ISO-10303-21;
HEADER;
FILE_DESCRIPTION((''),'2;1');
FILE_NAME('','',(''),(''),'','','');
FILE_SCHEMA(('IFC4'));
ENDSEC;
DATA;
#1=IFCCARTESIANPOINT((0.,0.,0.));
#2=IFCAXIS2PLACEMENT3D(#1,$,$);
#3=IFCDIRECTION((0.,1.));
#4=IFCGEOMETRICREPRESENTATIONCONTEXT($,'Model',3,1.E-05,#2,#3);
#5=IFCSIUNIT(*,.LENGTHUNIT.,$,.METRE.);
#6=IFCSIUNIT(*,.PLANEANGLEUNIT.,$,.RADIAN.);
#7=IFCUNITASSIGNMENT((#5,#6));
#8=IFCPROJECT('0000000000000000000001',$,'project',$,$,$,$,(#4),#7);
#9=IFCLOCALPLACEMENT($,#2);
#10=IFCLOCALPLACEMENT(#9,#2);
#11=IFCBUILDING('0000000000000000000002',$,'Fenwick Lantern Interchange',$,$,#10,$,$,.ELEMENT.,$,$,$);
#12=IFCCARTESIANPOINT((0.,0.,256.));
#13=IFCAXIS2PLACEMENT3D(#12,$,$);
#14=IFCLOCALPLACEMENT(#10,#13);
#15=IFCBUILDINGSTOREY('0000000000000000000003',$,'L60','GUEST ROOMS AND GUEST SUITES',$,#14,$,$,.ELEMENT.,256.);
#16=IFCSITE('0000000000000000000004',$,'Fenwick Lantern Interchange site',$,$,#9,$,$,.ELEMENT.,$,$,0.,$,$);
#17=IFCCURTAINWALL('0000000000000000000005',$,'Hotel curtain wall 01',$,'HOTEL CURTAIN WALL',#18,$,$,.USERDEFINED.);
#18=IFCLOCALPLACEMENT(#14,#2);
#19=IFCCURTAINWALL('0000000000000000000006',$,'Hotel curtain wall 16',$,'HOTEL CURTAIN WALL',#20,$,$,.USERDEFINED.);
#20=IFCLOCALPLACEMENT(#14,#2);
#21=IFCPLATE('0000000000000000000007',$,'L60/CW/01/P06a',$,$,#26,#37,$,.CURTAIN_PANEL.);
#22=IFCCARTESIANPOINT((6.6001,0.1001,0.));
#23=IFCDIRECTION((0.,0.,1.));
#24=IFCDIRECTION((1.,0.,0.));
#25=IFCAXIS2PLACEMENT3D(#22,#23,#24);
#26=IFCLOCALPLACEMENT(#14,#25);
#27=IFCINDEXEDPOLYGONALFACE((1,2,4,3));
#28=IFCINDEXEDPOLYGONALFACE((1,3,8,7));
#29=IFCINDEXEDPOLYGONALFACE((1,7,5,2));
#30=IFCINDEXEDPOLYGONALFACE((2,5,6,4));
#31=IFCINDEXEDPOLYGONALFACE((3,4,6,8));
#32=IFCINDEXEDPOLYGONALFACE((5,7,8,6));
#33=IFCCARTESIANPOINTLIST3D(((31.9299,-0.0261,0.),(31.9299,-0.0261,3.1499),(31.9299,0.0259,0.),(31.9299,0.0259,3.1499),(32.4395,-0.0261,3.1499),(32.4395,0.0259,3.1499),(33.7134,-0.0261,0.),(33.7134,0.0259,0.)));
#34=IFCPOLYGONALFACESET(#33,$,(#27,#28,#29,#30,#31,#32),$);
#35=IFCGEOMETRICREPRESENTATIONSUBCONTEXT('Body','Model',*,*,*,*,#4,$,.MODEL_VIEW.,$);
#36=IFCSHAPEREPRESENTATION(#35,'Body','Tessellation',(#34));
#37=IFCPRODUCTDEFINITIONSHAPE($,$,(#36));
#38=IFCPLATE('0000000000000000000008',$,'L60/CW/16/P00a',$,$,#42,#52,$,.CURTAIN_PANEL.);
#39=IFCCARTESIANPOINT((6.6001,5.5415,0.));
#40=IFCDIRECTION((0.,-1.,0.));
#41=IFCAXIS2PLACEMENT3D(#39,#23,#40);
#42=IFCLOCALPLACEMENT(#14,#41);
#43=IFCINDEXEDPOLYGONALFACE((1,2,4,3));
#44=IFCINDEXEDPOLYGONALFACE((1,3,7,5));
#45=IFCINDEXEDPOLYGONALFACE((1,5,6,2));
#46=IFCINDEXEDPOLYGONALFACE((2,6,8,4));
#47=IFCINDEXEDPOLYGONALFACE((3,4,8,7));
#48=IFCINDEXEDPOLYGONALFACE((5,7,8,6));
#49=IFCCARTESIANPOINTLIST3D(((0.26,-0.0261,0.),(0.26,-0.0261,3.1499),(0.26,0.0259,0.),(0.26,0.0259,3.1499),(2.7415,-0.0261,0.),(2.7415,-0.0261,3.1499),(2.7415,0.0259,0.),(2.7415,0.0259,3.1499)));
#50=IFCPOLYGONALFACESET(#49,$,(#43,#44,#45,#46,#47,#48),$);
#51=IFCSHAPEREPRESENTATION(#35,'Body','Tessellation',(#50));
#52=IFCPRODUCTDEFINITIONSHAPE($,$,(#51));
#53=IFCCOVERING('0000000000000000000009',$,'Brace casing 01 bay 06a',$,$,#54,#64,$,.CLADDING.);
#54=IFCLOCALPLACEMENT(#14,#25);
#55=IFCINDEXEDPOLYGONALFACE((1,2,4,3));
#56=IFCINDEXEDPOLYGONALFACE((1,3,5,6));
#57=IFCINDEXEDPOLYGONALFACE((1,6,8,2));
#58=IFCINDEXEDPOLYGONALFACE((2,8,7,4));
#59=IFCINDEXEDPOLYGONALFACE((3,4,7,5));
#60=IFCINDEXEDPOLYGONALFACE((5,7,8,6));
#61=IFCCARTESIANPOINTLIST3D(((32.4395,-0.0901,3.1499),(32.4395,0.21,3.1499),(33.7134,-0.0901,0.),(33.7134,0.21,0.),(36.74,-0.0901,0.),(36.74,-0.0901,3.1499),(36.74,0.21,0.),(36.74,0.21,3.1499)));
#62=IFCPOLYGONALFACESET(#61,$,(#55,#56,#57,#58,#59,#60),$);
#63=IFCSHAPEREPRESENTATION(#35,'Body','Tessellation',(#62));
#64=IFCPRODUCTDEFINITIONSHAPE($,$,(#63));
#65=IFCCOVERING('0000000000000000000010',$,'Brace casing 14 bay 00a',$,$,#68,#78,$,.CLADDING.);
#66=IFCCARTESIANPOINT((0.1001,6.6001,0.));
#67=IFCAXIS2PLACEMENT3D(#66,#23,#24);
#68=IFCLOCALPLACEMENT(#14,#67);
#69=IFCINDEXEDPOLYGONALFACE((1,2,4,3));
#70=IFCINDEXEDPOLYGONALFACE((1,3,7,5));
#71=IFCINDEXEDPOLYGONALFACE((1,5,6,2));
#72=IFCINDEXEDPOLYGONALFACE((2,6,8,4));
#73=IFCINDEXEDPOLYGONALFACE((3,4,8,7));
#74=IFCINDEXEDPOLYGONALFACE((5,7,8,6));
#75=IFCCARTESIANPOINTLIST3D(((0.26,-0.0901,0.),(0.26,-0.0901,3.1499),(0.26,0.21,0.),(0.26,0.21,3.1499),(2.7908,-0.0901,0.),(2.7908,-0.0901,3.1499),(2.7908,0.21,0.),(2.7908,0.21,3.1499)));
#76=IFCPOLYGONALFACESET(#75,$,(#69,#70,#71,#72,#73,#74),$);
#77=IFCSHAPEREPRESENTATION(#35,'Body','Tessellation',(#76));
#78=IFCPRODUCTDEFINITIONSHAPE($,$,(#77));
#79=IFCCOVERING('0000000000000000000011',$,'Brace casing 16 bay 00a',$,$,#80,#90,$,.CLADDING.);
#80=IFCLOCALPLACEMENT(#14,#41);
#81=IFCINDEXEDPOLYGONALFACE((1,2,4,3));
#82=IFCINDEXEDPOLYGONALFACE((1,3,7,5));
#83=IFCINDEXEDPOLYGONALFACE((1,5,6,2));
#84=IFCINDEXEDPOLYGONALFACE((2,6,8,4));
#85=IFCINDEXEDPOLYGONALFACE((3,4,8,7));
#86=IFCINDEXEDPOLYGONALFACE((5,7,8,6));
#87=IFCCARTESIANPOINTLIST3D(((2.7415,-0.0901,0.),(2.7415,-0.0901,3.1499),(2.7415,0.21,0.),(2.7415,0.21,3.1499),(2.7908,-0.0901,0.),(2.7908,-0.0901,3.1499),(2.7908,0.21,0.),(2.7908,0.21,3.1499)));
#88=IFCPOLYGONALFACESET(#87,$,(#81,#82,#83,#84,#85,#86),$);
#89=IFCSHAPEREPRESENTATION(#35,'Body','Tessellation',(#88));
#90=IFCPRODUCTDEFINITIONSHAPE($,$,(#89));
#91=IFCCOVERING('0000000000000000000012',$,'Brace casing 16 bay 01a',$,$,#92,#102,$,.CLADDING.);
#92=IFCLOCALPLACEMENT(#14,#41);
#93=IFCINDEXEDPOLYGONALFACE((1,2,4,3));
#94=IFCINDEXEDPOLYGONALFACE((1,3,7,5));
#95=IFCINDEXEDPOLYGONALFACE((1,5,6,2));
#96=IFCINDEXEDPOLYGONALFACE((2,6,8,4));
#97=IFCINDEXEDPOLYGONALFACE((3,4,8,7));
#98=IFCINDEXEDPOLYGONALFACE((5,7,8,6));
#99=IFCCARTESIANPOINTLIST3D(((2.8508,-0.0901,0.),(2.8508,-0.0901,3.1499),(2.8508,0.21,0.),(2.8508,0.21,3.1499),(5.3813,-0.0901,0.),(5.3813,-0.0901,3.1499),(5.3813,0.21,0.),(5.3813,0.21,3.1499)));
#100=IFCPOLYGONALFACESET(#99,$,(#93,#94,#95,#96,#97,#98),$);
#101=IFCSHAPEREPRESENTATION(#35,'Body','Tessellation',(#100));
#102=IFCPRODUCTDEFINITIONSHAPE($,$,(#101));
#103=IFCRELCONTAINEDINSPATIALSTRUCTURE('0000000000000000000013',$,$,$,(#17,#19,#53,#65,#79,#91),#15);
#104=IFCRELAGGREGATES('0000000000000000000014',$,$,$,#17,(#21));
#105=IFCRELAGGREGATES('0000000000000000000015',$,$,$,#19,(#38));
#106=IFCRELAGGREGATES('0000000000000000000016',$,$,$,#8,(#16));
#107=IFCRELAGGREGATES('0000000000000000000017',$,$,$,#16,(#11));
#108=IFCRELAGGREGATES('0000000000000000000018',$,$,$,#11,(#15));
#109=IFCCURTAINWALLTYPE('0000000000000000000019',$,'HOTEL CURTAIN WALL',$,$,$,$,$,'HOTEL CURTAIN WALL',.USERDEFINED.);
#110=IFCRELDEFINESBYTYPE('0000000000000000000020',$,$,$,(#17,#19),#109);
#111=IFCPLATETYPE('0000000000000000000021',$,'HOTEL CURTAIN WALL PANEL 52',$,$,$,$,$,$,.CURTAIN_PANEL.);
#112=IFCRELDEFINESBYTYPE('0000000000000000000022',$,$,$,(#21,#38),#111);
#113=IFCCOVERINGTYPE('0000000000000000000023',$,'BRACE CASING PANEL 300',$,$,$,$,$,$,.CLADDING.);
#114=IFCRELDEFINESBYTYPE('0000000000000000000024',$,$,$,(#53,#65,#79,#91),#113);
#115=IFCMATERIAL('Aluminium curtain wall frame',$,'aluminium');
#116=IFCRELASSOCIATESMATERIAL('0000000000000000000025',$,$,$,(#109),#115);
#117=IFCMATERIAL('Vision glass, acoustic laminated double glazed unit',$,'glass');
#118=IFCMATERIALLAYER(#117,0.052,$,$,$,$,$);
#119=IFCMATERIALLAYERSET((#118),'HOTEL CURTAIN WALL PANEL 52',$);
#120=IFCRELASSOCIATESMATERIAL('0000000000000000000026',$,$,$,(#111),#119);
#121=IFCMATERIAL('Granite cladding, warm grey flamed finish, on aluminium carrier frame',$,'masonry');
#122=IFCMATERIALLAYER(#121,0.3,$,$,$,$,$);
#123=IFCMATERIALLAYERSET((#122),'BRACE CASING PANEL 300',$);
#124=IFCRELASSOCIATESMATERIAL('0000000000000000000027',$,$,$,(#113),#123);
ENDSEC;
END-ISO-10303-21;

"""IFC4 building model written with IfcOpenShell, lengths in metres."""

from ifc_helpers import new_model, si_unit, direction, frame, origin, place, context, subcontext, project, spatial, polyline, outline, extrude, material, layer, layer_set, type_object, element, aggregate, save


model = new_model("IFC4")

# Units and contexts
model_context = context("Model", 3, precision=1e-05, world=origin(), true_north=direction((0.0, 1.0)))
body_context = subcontext(model_context, "Body", "Model", "MODEL_VIEW")
ifc_project = project(units=[si_unit("LENGTHUNIT", "METRE"), si_unit("PLANEANGLEUNIT", "RADIAN")], contexts=[model_context])

# Site, building, storey
site_placement = place(None, origin())
site = spatial("IfcSite", under=ifc_project, at=site_placement, Name="Fenwick Lantern Interchange site", CompositionType="ELEMENT", RefElevation=0.0)
building_placement = place(site_placement, origin())
building = spatial("IfcBuilding", under=site, at=building_placement, Name="Fenwick Lantern Interchange", CompositionType="ELEMENT")
storey_placement = place(building_placement, frame((0.0, 0.0, 256.0)))
storey = spatial("IfcBuildingStorey", under=building, at=storey_placement, Name="L60", Description="GUEST ROOMS AND GUEST SUITES", CompositionType="ELEMENT", Elevation=256.0)

# Curtain wall
ifc_material_1 = material(Name="Aluminium curtain wall frame", Category="aluminium")
curtain_wall_type = type_object("IfcCurtainWallType", Name="HOTEL CURTAIN WALL", ElementType="HOTEL CURTAIN WALL", PredefinedType="USERDEFINED", material=ifc_material_1)
curtain_wall_1_placement = place(storey_placement, origin())
curtain_wall_1 = element("IfcCurtainWall", 1, at=curtain_wall_1_placement, inside=storey, type_object=curtain_wall_type, Name="Hotel curtain wall 01", ObjectType="HOTEL CURTAIN WALL", PredefinedType="USERDEFINED")

# Curtain wall
curtain_wall_2_placement = place(storey_placement, origin())
curtain_wall_2 = element("IfcCurtainWall", 2, at=curtain_wall_2_placement, inside=storey, type_object=curtain_wall_type, Name="Hotel curtain wall 16", ObjectType="HOTEL CURTAIN WALL", PredefinedType="USERDEFINED")

# Plates
ifc_material_2 = material(Name="Vision glass, acoustic laminated double glazed unit", Category="glass")
ifc_layer_1 = layer(ifc_material_2, 0.052)
ifc_layer_set_1 = layer_set([ifc_layer_1], Name="HOTEL CURTAIN WALL PANEL 52")
plate_type = type_object("IfcPlateType", Name="HOTEL CURTAIN WALL PANEL 52", PredefinedType="CURTAIN_PANEL", material=ifc_layer_set_1)
plate_1_placement = place(storey_placement, frame((6.6001, 0.1001, 0.0), z_axis=(0.0, 0.0, 1.0), x_axis=(1.0, 0.0, 0.0)))
plate_1 = element("IfcPlate", 3, at=plate_1_placement, type_object=plate_type, Name="L60/CW/01/P06a", PredefinedType="CURTAIN_PANEL", context=body_context, shape_type="SweptSolid", body=[
    extrude(outline(polyline([(31.9299, 0.0), (33.7134, 0.0), (32.4395, 3.1499), (31.9299, 3.1499), (31.9299, 0.0)])), frame((0.0, 0.0259, 0.0), z_axis=(0.0, -1.0, 0.0), x_axis=(1.0, 0.0, 0.0)), (0.0, 0.0, 1.0), 0.052),
])
aggregate(curtain_wall_1, [plate_1])
plate_2_placement = place(storey_placement, frame((6.6001, 5.5415, 0.0), z_axis=(0.0, 0.0, 1.0), x_axis=(0.0, -1.0, 0.0)))
plate_2 = element("IfcPlate", 4, at=plate_2_placement, type_object=plate_type, Name="L60/CW/16/P00a", PredefinedType="CURTAIN_PANEL", context=body_context, shape_type="SweptSolid", body=[
    extrude(outline(polyline([(0.26, 0.0), (2.7415, 0.0), (2.7415, 3.1499), (0.26, 3.1499), (0.26, 0.0)])), frame((0.0, 0.0259, 0.0), z_axis=(0.0, -1.0, 0.0), x_axis=(1.0, 0.0, 0.0)), (0.0, 0.0, 1.0), 0.052),
])
aggregate(curtain_wall_2, [plate_2])

# Coverings
ifc_material_3 = material(Name="Granite cladding, warm grey flamed finish, on aluminium carrier frame", Category="masonry")
ifc_layer_2 = layer(ifc_material_3, 0.3)
ifc_layer_set_2 = layer_set([ifc_layer_2], Name="BRACE CASING PANEL 300")
covering_type = type_object("IfcCoveringType", Name="BRACE CASING PANEL 300", PredefinedType="CLADDING", material=ifc_layer_set_2)
covering_1_placement = place(storey_placement, frame((6.6001, 0.1001, 0.0), z_axis=(0.0, 0.0, 1.0), x_axis=(1.0, 0.0, 0.0)))
element("IfcCovering", 5, at=covering_1_placement, inside=storey, type_object=covering_type, Name="Brace casing 01 bay 06a", PredefinedType="CLADDING", context=body_context, shape_type="SweptSolid", body=[
    extrude(outline(polyline([(33.7134, 0.0), (36.74, 0.0), (36.74, 3.1499), (32.4395, 3.1499), (33.7134, 0.0)])), frame((0.0, 0.21, 0.0), z_axis=(0.0, -1.0, 0.0), x_axis=(1.0, 0.0, 0.0)), (0.0, 0.0, 1.0), 0.3),
])
covering_2_placement = place(storey_placement, frame((0.1001, 6.6001, 0.0), z_axis=(0.0, 0.0, 1.0), x_axis=(1.0, 0.0, 0.0)))
element("IfcCovering", 6, at=covering_2_placement, inside=storey, type_object=covering_type, Name="Brace casing 14 bay 00a", PredefinedType="CLADDING", context=body_context, shape_type="SweptSolid", body=[
    extrude(outline(polyline([(0.26, 0.0), (2.7908, 0.0), (2.7908, 3.1499), (0.26, 3.1499), (0.26, 0.0)])), frame((0.0, 0.21, 0.0), z_axis=(0.0, -1.0, 0.0), x_axis=(1.0, 0.0, 0.0)), (0.0, 0.0, 1.0), 0.3),
])
covering_3_placement = place(storey_placement, frame((6.6001, 5.5415, 0.0), z_axis=(0.0, 0.0, 1.0), x_axis=(0.0, -1.0, 0.0)))
element("IfcCovering", 7, at=covering_3_placement, inside=storey, type_object=covering_type, Name="Brace casing 16 bay 00a", PredefinedType="CLADDING", context=body_context, shape_type="SweptSolid", body=[
    extrude(outline(polyline([(2.7415, 0.0), (2.7908, 0.0), (2.7908, 3.1499), (2.7415, 3.1499), (2.7415, 0.0)])), frame((0.0, 0.21, 0.0), z_axis=(0.0, -1.0, 0.0), x_axis=(1.0, 0.0, 0.0)), (0.0, 0.0, 1.0), 0.3),
])
covering_4_placement = place(storey_placement, frame((6.6001, 5.5415, 0.0), z_axis=(0.0, 0.0, 1.0), x_axis=(0.0, -1.0, 0.0)))
element("IfcCovering", 8, at=covering_4_placement, inside=storey, type_object=covering_type, Name="Brace casing 16 bay 01a", PredefinedType="CLADDING", context=body_context, shape_type="SweptSolid", body=[
    extrude(outline(polyline([(2.8508, 0.0), (5.3813, 0.0), (5.3813, 3.1499), (2.8508, 3.1499), (2.8508, 0.0)])), frame((0.0, 0.21, 0.0), z_axis=(0.0, -1.0, 0.0), x_axis=(1.0, 0.0, 0.0)), (0.0, 0.0, 1.0), 0.3),
])

save(model, "model.ifc")
